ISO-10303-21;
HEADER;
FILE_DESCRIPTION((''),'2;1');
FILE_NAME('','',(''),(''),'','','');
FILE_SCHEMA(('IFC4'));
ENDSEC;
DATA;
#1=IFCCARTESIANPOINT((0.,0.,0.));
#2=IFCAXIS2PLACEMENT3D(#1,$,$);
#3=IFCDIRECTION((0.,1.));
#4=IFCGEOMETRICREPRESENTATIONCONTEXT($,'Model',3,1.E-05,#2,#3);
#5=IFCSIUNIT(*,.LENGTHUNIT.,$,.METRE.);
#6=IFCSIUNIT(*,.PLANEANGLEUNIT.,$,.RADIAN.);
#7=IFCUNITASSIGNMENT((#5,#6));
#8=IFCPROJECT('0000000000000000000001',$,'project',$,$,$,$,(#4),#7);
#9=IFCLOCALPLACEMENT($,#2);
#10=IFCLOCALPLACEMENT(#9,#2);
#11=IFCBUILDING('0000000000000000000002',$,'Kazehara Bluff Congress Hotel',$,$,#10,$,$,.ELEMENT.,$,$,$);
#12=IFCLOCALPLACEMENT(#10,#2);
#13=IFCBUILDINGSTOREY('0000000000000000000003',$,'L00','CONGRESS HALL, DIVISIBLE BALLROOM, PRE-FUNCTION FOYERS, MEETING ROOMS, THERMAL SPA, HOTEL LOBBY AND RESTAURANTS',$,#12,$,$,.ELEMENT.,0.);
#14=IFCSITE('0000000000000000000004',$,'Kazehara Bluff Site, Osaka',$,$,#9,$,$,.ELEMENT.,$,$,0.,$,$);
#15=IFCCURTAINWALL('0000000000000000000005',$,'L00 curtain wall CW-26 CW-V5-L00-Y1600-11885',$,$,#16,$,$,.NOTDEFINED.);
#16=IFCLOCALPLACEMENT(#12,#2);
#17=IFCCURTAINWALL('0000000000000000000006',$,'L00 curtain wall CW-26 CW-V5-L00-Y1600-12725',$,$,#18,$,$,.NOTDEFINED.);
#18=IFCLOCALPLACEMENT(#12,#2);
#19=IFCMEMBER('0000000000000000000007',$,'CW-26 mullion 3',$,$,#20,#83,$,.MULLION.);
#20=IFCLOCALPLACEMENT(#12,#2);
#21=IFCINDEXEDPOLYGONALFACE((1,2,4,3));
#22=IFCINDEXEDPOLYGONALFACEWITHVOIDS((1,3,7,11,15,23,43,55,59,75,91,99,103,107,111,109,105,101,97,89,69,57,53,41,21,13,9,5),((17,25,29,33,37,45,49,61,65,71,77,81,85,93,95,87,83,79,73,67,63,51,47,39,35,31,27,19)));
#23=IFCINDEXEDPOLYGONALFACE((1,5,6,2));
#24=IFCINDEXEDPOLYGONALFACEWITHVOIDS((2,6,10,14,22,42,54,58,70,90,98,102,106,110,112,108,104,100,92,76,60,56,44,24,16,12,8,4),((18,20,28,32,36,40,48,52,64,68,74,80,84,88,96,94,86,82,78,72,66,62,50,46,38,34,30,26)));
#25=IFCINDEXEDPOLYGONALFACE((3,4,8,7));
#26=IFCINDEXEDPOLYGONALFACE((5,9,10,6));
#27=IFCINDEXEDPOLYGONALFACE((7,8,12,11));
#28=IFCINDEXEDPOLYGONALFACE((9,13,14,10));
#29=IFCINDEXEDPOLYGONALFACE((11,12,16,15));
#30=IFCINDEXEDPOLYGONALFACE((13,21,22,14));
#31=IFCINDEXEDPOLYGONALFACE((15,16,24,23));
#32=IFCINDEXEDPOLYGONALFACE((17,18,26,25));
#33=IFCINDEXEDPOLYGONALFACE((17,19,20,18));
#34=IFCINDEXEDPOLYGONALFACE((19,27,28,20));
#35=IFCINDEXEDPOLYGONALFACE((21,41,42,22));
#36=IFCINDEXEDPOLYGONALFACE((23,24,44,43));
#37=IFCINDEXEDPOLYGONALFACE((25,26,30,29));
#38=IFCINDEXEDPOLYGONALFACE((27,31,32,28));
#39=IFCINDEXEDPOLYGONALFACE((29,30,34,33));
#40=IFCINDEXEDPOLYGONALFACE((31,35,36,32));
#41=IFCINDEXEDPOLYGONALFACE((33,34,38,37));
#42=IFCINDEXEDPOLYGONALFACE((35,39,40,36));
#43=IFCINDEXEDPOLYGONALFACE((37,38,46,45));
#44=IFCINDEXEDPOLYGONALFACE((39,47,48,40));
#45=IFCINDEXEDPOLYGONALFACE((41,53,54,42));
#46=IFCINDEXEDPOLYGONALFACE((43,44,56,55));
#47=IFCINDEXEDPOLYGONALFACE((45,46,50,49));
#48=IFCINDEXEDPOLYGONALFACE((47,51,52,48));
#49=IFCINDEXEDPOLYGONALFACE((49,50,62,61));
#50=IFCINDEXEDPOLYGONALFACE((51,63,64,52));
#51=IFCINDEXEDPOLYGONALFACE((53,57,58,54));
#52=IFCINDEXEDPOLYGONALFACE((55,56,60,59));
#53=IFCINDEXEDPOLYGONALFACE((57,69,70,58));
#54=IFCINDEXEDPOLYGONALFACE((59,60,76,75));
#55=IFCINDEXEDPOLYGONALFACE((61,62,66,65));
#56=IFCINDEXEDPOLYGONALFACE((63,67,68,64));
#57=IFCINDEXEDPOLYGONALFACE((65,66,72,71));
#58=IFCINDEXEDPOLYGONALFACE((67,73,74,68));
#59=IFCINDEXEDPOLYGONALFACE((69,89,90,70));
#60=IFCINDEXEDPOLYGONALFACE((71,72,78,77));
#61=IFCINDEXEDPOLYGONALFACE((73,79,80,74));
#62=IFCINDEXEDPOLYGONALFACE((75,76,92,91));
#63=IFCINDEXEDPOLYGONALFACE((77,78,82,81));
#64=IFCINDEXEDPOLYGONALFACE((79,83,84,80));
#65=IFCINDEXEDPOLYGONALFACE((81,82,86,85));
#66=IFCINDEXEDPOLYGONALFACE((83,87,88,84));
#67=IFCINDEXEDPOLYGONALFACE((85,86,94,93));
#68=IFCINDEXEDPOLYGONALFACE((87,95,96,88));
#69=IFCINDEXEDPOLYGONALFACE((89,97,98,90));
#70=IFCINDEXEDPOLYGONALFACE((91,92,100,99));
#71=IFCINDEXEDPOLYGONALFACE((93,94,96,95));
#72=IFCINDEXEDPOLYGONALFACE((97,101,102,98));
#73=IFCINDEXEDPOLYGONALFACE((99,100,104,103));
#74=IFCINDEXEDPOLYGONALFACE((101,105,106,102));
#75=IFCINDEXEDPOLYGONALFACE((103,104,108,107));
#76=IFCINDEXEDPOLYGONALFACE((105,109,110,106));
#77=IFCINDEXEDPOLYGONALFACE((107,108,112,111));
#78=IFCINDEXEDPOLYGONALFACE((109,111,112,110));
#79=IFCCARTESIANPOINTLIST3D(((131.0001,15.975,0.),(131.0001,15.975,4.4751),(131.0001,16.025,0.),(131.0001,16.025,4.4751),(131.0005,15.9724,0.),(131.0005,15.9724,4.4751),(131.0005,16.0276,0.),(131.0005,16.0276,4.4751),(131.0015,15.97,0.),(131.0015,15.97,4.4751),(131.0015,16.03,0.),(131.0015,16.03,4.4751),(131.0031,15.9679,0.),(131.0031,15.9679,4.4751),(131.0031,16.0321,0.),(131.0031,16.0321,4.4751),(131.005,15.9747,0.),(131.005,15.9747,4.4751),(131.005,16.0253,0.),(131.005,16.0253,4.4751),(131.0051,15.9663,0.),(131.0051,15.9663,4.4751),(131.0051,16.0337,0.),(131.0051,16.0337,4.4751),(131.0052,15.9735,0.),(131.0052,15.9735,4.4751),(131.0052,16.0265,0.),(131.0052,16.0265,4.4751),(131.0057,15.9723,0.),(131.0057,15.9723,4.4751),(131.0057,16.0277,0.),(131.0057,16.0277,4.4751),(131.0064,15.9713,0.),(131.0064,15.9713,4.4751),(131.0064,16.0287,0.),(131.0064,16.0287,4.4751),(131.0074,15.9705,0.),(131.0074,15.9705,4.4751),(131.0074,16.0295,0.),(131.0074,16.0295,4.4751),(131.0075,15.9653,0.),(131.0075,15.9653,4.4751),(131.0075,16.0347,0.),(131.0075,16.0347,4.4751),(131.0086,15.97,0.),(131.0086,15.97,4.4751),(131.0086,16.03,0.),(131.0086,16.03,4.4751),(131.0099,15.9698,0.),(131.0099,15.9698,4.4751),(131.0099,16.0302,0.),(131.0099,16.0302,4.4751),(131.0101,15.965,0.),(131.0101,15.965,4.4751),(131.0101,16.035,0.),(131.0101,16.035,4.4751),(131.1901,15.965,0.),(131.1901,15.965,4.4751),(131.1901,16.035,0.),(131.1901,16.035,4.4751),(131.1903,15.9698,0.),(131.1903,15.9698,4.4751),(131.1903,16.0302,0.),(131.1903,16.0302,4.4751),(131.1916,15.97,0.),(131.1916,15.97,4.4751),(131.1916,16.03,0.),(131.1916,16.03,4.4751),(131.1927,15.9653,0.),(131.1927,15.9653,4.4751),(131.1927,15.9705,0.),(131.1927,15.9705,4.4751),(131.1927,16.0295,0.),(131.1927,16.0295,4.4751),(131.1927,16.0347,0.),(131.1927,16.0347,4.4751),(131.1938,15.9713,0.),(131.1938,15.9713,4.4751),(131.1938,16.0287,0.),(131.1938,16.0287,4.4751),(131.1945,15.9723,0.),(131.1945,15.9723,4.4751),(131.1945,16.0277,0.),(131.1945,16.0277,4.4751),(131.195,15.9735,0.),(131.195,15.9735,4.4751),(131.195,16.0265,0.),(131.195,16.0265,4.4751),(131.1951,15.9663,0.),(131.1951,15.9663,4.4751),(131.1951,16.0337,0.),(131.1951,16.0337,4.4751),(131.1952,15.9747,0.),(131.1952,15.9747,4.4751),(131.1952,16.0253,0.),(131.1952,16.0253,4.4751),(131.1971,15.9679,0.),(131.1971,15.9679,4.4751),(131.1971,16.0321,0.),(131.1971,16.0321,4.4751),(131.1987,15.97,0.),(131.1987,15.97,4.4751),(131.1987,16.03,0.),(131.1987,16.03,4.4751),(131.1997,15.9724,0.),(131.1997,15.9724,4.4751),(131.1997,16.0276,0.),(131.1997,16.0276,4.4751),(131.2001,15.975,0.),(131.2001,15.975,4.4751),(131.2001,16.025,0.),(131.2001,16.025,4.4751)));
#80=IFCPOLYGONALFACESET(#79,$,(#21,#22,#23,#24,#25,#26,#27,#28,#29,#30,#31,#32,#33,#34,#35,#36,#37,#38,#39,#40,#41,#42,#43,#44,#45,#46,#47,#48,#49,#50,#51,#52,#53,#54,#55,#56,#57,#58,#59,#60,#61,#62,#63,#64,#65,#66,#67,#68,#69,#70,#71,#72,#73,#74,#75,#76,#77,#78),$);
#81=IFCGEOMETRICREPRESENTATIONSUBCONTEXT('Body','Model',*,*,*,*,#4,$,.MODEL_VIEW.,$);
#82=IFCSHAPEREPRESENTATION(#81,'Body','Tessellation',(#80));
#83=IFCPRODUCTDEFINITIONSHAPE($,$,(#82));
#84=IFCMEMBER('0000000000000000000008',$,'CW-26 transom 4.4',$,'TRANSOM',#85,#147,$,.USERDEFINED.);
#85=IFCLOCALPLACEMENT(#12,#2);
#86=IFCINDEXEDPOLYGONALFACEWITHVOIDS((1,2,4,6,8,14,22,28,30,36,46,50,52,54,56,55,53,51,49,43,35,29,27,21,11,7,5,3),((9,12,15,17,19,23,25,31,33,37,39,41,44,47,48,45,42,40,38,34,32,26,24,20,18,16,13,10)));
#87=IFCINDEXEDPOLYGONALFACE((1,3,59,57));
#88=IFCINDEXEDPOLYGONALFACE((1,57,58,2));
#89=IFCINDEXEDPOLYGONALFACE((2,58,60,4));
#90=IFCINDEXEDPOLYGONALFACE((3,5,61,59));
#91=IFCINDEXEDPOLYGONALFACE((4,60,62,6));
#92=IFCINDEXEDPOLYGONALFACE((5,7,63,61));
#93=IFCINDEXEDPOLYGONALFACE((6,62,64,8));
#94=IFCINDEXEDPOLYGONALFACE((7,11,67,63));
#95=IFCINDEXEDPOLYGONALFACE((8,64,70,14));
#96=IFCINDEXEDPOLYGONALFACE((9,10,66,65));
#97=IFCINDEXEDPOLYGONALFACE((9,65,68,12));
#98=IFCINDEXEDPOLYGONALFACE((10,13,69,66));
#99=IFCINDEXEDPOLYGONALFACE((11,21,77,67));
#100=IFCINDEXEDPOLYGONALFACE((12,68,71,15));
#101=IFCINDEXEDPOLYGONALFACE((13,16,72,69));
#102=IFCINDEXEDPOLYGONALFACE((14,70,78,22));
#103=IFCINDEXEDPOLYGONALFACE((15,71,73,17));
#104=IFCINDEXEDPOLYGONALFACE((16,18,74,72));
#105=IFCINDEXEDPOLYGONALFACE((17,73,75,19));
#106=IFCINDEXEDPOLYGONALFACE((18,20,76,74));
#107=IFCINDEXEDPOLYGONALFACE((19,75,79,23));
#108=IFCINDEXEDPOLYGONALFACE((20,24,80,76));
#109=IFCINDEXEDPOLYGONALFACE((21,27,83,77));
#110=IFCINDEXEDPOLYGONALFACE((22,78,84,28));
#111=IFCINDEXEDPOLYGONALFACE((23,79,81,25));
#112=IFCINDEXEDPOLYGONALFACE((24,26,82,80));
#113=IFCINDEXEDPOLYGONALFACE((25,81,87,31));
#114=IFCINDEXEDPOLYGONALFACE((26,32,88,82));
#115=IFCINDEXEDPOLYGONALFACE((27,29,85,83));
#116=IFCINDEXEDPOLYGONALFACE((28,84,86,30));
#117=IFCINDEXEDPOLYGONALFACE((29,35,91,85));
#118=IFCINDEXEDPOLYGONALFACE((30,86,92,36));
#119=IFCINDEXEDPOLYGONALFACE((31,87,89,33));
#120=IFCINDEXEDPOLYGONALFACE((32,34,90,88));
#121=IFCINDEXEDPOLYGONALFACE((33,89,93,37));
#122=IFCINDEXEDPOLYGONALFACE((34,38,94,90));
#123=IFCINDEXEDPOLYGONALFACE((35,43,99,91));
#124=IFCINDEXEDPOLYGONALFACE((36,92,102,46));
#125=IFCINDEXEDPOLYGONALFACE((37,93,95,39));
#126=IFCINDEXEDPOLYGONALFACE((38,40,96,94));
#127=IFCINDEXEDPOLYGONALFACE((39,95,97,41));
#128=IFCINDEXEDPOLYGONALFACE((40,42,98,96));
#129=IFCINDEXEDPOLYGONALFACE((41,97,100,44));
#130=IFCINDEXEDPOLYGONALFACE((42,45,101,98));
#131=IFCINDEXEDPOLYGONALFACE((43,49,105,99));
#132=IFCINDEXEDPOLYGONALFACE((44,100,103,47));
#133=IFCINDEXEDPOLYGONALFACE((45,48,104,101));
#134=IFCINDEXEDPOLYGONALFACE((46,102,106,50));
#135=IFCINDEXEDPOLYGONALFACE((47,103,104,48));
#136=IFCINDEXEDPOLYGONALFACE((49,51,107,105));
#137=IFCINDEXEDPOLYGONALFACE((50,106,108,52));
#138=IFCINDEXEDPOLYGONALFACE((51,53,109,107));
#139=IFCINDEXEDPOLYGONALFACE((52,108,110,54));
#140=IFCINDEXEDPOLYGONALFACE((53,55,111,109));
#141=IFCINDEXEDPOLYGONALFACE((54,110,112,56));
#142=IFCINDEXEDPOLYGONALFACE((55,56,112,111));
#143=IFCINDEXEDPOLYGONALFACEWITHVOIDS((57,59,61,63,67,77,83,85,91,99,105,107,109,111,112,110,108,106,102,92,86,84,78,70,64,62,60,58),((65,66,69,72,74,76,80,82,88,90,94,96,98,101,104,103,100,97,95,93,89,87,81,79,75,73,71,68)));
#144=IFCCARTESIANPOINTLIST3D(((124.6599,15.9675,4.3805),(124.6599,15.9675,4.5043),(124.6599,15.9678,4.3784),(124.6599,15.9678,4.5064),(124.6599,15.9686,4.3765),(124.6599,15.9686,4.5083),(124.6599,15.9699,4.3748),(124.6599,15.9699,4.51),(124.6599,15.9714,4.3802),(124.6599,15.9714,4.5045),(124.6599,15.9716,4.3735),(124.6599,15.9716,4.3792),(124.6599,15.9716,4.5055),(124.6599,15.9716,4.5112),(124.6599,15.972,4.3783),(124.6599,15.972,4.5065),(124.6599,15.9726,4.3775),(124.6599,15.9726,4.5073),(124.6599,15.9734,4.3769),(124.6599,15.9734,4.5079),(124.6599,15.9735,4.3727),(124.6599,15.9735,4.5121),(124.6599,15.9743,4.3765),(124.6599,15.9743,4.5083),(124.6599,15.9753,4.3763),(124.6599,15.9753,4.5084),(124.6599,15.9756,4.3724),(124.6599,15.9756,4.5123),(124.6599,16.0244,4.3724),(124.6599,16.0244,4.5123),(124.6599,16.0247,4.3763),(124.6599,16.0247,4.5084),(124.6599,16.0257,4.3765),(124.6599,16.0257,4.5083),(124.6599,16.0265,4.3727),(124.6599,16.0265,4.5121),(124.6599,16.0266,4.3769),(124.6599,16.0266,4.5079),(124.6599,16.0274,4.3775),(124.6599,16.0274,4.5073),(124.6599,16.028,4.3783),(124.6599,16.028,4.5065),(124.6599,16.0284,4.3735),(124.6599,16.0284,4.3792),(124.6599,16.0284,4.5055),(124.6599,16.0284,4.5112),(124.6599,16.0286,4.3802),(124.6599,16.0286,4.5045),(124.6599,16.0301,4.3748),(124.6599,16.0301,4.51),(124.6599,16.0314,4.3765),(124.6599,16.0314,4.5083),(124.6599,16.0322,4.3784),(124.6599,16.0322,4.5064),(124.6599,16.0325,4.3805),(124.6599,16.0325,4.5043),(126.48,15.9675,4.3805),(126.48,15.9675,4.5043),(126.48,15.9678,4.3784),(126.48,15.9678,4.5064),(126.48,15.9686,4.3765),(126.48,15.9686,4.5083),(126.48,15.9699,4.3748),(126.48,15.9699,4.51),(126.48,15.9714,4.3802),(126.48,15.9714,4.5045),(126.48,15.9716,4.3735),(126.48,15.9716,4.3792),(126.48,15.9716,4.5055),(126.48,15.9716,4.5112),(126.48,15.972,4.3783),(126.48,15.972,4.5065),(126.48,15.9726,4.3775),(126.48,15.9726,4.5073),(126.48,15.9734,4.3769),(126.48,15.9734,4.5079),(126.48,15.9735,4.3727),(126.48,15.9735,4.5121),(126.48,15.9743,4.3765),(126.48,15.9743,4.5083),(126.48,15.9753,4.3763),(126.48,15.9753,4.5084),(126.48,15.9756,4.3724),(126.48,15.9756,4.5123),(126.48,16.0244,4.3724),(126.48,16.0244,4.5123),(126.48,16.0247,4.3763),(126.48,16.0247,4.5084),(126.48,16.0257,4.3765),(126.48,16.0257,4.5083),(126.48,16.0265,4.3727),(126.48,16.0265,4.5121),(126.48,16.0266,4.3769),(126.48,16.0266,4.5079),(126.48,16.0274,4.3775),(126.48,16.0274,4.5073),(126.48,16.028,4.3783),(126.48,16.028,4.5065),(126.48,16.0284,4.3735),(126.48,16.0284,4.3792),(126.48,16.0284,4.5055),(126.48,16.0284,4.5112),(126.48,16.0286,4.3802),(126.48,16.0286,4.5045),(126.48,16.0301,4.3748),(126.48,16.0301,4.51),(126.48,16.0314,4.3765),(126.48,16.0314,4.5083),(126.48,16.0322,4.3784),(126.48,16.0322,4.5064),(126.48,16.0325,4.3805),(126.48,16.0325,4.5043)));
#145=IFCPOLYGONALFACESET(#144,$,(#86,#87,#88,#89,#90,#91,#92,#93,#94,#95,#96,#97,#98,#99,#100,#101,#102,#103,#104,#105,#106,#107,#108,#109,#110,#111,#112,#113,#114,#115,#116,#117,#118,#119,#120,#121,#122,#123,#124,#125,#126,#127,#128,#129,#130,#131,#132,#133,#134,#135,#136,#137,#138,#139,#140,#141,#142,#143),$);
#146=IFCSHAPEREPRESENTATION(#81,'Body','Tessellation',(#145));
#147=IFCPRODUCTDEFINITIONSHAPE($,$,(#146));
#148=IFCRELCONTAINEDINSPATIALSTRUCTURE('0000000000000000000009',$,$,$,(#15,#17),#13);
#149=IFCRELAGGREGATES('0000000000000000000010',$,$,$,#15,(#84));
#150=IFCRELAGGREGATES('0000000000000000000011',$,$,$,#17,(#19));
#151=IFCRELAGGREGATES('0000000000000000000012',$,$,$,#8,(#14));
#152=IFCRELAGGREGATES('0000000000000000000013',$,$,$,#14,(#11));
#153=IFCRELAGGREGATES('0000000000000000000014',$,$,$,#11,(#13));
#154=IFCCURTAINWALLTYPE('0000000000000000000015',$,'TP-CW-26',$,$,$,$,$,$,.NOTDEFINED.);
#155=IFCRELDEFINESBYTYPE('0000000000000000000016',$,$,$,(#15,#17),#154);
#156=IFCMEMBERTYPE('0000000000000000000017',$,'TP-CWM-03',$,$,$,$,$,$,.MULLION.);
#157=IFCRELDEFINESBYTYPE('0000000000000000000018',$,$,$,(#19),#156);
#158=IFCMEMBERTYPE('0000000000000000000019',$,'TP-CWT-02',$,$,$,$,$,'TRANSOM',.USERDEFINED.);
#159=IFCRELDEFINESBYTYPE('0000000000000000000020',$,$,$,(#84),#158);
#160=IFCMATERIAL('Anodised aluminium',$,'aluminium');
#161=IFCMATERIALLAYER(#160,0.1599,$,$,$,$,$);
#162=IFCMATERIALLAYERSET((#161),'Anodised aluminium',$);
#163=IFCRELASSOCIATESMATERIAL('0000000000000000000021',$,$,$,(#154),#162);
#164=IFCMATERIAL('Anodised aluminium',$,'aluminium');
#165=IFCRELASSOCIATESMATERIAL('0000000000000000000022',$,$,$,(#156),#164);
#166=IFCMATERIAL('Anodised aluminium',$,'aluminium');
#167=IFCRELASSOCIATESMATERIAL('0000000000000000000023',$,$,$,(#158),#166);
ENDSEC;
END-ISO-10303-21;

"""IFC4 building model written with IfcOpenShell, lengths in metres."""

from ifc_helpers import new_model, si_unit, direction, frame, origin, origin_2d, place, context, subcontext, project, spatial, hollow_rectangle, extrude, material, layer, layer_set, material_profile, profile_set, type_object, element, aggregate, save


model = new_model("IFC4")

# Units and contexts
model_context = context("Model", 3, precision=1e-05, world=origin(), true_north=direction((0.0, 1.0)))
body_context = subcontext(model_context, "Body", "Model", "MODEL_VIEW")
ifc_project = project(units=[si_unit("LENGTHUNIT", "METRE"), si_unit("PLANEANGLEUNIT", "RADIAN")], contexts=[model_context])

# Site, building, storey
site_placement = place(None, origin())
site = spatial("IfcSite", under=ifc_project, at=site_placement, Name="Kazehara Bluff Site, Osaka", CompositionType="ELEMENT", RefElevation=0.0)
building_placement = place(site_placement, origin())
building = spatial("IfcBuilding", under=site, at=building_placement, Name="Kazehara Bluff Congress Hotel", CompositionType="ELEMENT")
storey_placement = place(building_placement, origin())
storey = spatial("IfcBuildingStorey", under=building, at=storey_placement, Name="L00", Description="CONGRESS HALL, DIVISIBLE BALLROOM, PRE-FUNCTION FOYERS, MEETING ROOMS, THERMAL SPA, HOTEL LOBBY AND RESTAURANTS", CompositionType="ELEMENT", Elevation=0.0)

# Curtain wall
ifc_material_1 = material(Name="Anodised aluminium", Category="aluminium")
ifc_layer_1 = layer(ifc_material_1, 0.1599)
ifc_layer_set_1 = layer_set([ifc_layer_1], Name="Anodised aluminium")
curtain_wall_type = type_object("IfcCurtainWallType", Name="TP-CW-26", PredefinedType="NOTDEFINED", material=ifc_layer_set_1)
curtain_wall_1_placement = place(storey_placement, origin())
curtain_wall_1 = element("IfcCurtainWall", 1, at=curtain_wall_1_placement, inside=storey, type_object=curtain_wall_type, Name="L00 curtain wall CW-26 CW-V5-L00-Y1600-11885", PredefinedType="NOTDEFINED")
ifc_material_2 = material(Name="Anodised aluminium", Category="aluminium")
ifc_material_profile_1 = material_profile(ifc_material_2, hollow_rectangle(XDim=0.0701, YDim=0.2, WallThickness=0.0049, InnerFilletRadius=0.0049, OuterFilletRadius=0.01, at=origin_2d()))
ifc_profile_set_1 = profile_set([ifc_material_profile_1], Name="Anodised aluminium")
member_type_1 = type_object("IfcMemberType", Name="TP-CWM-03", PredefinedType="MULLION", material=ifc_profile_set_1)

# Curtain wall, member
curtain_wall_2_placement = place(storey_placement, origin())
curtain_wall_2 = element("IfcCurtainWall", 2, at=curtain_wall_2_placement, inside=storey, type_object=curtain_wall_type, Name="L00 curtain wall CW-26 CW-V5-L00-Y1600-12725", PredefinedType="NOTDEFINED")
member_1_placement = place(storey_placement, frame((131.1001, 16.0, 0.0), z_axis=(0.0, 0.0, 1.0), x_axis=(0.0, 1.0, 0.0)))
member_1 = element("IfcMember", 3, at=member_1_placement, type_object=member_type_1, Name="CW-26 mullion 3", PredefinedType="MULLION", context=body_context, shape_type="SweptSolid", body=[
    extrude(hollow_rectangle(XDim=0.0701, YDim=0.2, WallThickness=0.0049, InnerFilletRadius=0.0049, OuterFilletRadius=0.01, at=origin_2d()), origin(), (0.0, 0.0, 1.0), 4.4751),
])

# Member
ifc_material_3 = material(Name="Anodised aluminium", Category="aluminium")
ifc_material_profile_2 = material_profile(ifc_material_3, hollow_rectangle(XDim=0.0649, YDim=0.1399, WallThickness=0.0039, InnerFilletRadius=0.0039, OuterFilletRadius=0.0081, at=origin_2d()))
ifc_profile_set_2 = profile_set([ifc_material_profile_2], Name="Anodised aluminium")
member_type_2 = type_object("IfcMemberType", Name="TP-CWT-02", ElementType="TRANSOM", PredefinedType="USERDEFINED", material=ifc_profile_set_2)
member_2_placement = place(storey_placement, frame((124.6599, 16.0, 4.4424), z_axis=(1.0, 0.0, 0.0), x_axis=(0.0, 1.0, 0.0)))
member_2 = element("IfcMember", 4, at=member_2_placement, type_object=member_type_2, Name="CW-26 transom 4.4", ObjectType="TRANSOM", PredefinedType="USERDEFINED", context=body_context, shape_type="SweptSolid", body=[
    extrude(hollow_rectangle(XDim=0.0649, YDim=0.1399, WallThickness=0.0039, InnerFilletRadius=0.0039, OuterFilletRadius=0.0081, at=origin_2d()), origin(), (0.0, 0.0, 1.0), 1.8201),
])

aggregate(curtain_wall_1, [member_2])
aggregate(curtain_wall_2, [member_1])

save(model, "model.ifc")
